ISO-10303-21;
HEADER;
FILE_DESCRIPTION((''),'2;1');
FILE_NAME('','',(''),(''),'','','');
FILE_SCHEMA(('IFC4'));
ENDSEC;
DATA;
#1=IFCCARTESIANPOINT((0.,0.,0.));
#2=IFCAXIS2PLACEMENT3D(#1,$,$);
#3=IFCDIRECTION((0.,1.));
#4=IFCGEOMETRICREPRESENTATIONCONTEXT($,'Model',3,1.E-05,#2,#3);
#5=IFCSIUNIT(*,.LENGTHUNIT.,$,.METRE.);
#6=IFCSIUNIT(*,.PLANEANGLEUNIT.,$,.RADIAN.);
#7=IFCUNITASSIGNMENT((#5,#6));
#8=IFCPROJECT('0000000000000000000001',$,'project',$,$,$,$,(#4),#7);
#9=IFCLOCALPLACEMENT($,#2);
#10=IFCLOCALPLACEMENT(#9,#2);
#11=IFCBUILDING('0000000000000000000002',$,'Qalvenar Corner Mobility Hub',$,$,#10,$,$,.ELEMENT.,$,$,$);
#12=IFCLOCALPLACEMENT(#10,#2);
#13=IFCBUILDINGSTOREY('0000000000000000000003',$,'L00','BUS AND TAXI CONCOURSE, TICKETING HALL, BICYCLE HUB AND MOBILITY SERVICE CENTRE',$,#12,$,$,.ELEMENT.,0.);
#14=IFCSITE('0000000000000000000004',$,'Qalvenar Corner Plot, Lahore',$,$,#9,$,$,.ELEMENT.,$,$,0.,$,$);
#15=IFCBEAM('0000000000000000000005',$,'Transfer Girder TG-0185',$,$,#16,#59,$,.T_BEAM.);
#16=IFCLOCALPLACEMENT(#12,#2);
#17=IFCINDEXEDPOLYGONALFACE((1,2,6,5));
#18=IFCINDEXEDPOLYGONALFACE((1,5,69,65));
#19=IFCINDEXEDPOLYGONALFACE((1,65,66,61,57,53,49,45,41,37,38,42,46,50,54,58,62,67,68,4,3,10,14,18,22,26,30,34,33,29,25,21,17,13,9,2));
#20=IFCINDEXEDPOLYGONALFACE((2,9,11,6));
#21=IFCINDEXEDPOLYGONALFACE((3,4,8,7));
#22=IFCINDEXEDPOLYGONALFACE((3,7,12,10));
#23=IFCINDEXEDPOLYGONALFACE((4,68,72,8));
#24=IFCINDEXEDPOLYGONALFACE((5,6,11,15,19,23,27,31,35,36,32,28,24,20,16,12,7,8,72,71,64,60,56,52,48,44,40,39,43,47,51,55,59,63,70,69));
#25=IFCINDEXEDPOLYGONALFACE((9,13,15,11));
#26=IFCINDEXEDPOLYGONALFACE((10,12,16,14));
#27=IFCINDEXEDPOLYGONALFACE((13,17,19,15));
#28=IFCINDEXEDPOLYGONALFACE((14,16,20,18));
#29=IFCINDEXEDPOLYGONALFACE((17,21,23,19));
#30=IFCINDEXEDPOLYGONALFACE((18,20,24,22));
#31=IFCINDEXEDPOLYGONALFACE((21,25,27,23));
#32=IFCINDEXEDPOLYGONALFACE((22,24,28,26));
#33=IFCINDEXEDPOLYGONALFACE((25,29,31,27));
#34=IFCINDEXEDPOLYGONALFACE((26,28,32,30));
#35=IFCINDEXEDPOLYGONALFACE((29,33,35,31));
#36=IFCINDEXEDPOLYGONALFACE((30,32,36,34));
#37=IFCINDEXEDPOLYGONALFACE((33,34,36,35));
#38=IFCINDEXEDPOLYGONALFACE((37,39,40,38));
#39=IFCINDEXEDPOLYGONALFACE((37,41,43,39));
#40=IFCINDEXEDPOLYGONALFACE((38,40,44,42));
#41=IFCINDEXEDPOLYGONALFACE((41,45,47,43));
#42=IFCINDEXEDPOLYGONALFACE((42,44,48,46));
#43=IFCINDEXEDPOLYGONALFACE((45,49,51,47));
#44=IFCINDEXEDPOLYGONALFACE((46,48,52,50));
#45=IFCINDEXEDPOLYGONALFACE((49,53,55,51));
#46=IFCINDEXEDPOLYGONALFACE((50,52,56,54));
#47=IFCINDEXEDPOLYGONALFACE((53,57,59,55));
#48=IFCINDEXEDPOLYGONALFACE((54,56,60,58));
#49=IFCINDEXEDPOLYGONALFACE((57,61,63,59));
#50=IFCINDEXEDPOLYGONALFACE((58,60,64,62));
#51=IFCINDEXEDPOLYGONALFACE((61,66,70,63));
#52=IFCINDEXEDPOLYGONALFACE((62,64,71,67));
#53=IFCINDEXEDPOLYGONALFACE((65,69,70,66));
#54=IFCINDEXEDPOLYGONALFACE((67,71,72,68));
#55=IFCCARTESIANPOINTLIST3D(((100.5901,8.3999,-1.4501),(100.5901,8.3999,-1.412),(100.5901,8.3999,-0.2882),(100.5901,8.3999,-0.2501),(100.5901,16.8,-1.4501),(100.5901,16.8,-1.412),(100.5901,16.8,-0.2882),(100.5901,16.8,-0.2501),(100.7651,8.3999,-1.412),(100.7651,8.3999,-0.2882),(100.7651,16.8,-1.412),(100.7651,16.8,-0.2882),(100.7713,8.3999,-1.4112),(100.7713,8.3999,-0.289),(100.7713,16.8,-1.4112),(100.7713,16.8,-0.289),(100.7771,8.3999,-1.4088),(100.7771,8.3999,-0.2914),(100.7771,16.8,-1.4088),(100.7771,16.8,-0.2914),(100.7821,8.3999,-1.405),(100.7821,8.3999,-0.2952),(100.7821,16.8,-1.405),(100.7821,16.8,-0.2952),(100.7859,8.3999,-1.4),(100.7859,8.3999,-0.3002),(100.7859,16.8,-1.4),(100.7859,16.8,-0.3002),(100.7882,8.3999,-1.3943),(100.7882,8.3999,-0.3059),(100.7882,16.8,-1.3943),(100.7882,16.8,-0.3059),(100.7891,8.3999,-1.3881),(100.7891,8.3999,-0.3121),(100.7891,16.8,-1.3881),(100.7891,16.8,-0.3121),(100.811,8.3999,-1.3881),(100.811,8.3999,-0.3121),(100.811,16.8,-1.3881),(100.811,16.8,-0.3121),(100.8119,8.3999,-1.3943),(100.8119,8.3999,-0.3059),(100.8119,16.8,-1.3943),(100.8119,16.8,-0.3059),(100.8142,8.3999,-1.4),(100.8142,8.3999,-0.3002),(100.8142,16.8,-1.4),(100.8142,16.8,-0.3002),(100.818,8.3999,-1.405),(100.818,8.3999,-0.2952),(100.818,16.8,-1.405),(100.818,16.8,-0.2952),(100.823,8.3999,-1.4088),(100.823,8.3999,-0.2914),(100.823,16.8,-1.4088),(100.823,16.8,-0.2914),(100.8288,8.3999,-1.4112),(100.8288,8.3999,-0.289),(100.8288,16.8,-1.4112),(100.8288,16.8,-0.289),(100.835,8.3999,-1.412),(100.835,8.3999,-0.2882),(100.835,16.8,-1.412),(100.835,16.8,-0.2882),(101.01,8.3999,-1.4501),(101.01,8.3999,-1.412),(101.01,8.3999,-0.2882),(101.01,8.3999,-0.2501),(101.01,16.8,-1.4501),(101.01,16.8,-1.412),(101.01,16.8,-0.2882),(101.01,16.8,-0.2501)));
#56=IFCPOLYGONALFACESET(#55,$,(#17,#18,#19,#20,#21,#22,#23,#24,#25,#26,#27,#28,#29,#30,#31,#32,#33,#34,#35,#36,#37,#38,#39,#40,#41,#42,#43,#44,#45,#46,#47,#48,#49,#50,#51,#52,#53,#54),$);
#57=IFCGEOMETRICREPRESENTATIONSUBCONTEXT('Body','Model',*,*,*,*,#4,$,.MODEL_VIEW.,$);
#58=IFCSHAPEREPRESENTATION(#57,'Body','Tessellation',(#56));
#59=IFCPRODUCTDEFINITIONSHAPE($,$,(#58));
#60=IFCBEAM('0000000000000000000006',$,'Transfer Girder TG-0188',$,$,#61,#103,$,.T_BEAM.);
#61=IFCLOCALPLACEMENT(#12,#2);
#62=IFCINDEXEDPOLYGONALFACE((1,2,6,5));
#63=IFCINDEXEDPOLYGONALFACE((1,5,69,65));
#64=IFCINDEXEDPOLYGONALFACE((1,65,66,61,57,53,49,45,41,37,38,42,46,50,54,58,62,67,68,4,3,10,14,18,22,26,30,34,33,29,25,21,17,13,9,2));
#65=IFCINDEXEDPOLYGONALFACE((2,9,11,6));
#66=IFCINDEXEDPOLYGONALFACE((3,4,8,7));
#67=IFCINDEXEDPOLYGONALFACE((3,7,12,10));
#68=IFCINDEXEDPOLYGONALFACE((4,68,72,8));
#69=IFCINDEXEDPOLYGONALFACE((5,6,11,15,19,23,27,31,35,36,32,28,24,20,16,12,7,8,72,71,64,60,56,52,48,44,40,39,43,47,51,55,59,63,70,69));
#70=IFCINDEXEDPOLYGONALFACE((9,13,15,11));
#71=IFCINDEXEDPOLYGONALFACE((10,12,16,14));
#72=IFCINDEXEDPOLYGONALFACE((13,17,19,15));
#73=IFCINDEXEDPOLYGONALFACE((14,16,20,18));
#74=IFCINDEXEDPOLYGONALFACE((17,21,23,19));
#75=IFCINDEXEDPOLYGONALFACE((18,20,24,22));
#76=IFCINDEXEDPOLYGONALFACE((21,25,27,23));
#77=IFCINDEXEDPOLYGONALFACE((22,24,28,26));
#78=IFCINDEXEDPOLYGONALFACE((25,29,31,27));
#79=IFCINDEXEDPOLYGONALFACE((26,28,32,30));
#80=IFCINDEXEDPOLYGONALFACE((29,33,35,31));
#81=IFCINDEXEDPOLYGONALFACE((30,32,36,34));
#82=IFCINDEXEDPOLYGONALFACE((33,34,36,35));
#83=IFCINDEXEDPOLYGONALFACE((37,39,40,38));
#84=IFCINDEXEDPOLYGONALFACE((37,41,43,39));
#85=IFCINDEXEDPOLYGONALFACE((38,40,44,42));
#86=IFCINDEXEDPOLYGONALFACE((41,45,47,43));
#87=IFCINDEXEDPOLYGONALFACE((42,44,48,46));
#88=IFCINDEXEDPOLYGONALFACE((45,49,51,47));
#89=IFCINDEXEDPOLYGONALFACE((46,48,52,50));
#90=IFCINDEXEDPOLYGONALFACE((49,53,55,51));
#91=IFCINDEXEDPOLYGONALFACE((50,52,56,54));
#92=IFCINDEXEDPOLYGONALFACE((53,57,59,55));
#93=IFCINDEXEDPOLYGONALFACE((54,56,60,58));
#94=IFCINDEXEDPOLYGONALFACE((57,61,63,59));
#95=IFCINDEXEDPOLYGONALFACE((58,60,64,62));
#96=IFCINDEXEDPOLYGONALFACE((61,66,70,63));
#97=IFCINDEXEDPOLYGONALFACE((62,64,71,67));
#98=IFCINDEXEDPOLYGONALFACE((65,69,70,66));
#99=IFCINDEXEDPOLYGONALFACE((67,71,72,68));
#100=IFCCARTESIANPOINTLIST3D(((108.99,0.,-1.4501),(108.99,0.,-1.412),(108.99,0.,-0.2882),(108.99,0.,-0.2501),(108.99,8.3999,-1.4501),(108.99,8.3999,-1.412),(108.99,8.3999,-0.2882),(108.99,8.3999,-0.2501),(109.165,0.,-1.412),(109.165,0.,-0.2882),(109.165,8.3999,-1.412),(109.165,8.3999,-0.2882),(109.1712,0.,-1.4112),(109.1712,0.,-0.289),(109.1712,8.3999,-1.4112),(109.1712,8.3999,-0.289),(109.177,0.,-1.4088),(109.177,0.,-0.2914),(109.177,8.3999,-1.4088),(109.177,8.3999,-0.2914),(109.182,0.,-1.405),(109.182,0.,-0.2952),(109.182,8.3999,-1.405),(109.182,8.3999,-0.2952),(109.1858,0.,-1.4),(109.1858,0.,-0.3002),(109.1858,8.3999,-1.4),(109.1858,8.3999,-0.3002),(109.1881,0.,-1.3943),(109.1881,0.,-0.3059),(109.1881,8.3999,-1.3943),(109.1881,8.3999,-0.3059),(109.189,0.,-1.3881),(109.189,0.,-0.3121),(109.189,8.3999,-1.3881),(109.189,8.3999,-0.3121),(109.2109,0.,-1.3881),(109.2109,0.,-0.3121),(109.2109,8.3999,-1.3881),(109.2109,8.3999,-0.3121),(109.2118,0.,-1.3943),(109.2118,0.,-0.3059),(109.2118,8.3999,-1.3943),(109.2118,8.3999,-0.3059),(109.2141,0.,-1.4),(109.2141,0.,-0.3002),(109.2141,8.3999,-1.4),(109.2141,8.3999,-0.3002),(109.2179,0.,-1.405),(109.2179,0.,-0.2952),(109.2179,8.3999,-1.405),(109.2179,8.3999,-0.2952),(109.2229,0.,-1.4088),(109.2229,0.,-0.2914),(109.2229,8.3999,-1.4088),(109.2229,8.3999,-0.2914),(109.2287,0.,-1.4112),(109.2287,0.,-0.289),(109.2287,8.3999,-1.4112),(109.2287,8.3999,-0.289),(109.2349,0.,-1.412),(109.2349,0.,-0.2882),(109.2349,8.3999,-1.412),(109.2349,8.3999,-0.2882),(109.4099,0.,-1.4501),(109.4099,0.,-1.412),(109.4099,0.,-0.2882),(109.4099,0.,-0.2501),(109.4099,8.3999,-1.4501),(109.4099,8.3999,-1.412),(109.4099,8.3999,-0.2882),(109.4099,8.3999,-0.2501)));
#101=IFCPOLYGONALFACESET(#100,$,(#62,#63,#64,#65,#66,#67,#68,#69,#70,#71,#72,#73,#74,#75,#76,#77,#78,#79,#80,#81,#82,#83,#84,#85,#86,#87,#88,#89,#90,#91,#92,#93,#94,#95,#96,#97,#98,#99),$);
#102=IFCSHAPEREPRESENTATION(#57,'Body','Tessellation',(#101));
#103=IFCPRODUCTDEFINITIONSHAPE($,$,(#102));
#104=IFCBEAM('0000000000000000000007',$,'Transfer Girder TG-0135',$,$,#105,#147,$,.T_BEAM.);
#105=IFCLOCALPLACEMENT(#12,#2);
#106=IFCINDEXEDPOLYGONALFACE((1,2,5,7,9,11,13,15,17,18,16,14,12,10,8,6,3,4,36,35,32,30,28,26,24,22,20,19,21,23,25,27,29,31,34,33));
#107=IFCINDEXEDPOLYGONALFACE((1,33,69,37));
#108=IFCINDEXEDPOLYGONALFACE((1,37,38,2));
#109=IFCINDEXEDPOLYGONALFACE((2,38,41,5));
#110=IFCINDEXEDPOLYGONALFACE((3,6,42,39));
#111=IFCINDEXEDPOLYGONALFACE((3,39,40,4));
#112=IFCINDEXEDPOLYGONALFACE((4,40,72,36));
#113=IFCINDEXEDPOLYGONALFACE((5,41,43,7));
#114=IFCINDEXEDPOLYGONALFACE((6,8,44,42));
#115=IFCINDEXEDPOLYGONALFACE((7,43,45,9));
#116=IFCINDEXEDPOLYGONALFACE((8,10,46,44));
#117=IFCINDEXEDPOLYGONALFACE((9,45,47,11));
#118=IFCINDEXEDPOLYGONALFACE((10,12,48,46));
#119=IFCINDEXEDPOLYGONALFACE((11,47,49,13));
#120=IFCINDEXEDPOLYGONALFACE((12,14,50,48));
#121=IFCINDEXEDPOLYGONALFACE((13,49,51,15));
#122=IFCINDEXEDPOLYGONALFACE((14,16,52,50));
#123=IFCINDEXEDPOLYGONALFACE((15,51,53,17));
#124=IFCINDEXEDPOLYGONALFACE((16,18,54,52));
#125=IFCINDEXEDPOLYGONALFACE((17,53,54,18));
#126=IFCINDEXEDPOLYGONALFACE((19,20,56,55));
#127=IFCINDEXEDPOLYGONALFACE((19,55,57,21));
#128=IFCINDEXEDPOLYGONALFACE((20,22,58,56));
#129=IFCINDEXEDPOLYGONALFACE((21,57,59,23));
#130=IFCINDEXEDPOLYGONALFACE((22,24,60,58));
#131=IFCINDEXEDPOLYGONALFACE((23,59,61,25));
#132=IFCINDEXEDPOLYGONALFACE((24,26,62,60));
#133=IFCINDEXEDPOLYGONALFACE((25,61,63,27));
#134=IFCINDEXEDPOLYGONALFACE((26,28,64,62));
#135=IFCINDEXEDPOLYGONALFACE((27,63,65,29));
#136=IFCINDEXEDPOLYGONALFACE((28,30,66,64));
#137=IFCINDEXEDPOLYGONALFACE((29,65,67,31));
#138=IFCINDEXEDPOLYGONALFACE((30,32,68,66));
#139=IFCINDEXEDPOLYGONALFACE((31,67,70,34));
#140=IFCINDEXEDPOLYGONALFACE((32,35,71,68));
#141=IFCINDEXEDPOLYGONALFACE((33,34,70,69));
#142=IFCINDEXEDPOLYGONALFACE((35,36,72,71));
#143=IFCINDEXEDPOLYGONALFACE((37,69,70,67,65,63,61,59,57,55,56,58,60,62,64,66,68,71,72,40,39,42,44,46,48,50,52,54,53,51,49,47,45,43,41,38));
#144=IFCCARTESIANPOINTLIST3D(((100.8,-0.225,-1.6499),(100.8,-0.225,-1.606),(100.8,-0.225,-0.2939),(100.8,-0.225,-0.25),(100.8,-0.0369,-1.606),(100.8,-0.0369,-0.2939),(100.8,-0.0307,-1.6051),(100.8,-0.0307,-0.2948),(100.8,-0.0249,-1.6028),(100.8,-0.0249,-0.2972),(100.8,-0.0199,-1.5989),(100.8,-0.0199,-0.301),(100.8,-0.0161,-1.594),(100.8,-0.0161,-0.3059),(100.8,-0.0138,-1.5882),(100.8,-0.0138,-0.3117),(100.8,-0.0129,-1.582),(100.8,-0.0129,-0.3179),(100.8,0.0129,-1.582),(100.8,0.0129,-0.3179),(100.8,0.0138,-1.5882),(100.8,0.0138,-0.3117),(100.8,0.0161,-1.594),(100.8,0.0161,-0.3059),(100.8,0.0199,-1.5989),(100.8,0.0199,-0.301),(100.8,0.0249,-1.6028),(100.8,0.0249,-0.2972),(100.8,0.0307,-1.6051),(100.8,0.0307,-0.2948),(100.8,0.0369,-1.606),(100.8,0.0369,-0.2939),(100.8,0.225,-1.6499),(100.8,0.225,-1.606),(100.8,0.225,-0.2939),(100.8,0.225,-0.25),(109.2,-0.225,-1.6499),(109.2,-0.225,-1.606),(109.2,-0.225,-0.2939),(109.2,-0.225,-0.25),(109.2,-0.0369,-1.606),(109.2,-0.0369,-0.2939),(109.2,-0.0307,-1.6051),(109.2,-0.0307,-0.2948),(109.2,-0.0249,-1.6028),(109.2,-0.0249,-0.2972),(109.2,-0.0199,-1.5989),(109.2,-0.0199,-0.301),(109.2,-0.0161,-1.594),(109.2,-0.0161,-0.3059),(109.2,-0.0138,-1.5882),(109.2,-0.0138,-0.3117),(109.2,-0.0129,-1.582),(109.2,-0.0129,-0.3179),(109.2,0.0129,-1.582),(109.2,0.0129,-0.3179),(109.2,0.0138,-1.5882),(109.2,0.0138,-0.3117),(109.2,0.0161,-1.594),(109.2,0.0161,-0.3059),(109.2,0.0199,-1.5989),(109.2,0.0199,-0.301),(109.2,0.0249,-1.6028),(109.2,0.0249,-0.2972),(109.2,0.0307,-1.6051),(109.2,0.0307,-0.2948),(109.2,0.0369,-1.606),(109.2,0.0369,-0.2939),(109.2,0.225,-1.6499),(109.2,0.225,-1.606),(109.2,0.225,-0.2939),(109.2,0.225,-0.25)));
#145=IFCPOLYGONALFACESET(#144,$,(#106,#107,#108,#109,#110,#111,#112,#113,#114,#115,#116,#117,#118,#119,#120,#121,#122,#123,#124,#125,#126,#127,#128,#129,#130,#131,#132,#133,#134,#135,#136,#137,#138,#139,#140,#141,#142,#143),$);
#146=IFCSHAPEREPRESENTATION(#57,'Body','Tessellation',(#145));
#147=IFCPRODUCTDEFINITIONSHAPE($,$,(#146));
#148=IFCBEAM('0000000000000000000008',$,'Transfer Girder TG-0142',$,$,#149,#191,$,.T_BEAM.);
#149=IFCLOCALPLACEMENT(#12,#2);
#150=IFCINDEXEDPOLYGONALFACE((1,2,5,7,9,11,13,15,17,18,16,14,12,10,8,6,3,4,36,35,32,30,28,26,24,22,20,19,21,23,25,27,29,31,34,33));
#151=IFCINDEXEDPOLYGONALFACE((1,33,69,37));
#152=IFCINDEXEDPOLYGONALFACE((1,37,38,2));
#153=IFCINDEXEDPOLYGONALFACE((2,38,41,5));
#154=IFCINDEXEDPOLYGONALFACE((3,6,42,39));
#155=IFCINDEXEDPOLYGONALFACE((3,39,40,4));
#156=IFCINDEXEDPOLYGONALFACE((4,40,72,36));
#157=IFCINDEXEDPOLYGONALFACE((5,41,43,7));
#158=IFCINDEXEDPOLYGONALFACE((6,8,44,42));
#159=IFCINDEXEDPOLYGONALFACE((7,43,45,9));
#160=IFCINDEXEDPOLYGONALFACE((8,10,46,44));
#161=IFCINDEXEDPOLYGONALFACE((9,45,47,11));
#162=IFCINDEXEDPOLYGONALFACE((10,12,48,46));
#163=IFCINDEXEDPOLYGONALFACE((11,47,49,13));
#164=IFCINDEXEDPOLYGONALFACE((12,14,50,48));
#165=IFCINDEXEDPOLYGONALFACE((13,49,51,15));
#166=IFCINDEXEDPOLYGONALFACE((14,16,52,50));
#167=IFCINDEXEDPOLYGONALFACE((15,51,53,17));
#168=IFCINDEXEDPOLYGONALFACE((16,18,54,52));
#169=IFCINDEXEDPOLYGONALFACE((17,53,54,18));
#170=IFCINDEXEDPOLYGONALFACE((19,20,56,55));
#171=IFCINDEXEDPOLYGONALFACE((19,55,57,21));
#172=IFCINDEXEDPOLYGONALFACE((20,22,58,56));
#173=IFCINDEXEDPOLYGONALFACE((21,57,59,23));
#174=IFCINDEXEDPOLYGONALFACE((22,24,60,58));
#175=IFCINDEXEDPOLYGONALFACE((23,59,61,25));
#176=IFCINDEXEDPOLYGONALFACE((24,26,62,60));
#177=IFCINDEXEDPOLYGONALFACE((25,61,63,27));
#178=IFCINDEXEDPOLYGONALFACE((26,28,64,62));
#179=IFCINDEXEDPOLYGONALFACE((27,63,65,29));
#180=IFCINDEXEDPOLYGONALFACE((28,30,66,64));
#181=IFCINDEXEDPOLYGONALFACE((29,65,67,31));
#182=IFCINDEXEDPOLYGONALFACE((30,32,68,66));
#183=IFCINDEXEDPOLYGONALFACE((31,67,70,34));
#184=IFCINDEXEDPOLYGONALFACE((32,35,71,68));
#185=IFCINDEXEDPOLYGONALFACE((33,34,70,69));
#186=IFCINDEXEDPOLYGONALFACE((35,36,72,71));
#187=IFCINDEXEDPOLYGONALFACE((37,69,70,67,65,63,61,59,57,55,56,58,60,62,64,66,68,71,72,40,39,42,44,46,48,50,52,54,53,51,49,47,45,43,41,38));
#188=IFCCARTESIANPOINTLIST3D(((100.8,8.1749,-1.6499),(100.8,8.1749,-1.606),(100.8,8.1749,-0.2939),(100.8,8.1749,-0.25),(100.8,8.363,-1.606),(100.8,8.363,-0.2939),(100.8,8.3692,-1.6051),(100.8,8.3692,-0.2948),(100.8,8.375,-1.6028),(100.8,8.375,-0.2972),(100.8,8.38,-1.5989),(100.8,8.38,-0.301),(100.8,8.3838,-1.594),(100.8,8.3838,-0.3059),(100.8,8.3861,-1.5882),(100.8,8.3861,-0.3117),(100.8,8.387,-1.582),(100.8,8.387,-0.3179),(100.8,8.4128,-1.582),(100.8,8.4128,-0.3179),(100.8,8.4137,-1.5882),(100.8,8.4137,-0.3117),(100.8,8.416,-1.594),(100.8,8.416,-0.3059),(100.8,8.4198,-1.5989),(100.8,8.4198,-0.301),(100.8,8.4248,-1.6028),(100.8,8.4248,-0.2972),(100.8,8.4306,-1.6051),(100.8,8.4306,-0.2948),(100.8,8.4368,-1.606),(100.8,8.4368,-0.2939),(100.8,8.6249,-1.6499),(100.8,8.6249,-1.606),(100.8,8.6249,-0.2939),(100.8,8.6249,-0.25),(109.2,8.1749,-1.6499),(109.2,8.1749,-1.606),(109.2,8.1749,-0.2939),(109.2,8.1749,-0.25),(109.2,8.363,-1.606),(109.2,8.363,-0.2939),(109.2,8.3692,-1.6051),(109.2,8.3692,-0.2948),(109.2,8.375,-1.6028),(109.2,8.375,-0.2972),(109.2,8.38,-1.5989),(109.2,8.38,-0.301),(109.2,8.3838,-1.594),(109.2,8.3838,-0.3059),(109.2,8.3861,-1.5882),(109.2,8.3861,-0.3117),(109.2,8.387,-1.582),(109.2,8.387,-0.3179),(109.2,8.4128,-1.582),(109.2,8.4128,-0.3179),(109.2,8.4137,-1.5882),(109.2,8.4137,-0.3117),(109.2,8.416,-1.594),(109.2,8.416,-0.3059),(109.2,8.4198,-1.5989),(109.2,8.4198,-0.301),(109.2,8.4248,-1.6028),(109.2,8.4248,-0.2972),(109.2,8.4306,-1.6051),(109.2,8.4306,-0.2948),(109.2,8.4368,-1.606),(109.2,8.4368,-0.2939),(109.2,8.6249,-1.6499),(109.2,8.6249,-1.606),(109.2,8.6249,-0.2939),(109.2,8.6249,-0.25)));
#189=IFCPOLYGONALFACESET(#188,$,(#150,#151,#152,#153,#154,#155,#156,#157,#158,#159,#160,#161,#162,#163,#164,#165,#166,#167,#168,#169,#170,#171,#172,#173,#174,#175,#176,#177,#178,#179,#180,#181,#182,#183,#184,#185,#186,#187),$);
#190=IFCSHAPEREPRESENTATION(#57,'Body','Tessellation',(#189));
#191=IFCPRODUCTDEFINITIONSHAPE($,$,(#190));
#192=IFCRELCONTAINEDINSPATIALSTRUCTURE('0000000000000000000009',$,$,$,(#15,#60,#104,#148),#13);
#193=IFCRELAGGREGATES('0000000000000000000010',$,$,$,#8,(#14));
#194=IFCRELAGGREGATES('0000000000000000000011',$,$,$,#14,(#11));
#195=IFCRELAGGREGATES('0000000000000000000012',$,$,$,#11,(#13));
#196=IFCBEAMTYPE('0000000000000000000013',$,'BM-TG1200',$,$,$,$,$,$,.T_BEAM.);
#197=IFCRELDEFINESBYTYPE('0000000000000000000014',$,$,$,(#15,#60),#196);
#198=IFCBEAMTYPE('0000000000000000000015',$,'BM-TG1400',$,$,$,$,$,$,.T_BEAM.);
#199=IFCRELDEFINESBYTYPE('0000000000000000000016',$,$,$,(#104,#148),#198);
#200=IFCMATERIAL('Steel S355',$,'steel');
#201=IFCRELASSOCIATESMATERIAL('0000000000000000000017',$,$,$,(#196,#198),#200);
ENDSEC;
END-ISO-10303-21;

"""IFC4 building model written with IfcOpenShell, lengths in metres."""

from ifc_helpers import new_model, si_unit, direction, frame, origin, origin_2d, place, context, subcontext, project, spatial, i_section, extrude, material, material_profile, profile_set, type_object, element, save


model = new_model("IFC4")

# Units and contexts
model_context = context("Model", 3, precision=1e-05, world=origin(), true_north=direction((0.0, 1.0)))
body_context = subcontext(model_context, "Body", "Model", "MODEL_VIEW")
ifc_project = project(units=[si_unit("LENGTHUNIT", "METRE"), si_unit("PLANEANGLEUNIT", "RADIAN")], contexts=[model_context])

# Site, building, storey
site_placement = place(None, origin())
site = spatial("IfcSite", under=ifc_project, at=site_placement, Name="Qalvenar Corner Plot, Lahore", CompositionType="ELEMENT", RefElevation=0.0)
building_placement = place(site_placement, origin())
building = spatial("IfcBuilding", under=site, at=building_placement, Name="Qalvenar Corner Mobility Hub", CompositionType="ELEMENT")
storey_placement = place(building_placement, origin())
storey = spatial("IfcBuildingStorey", under=building, at=storey_placement, Name="L00", Description="BUS AND TAXI CONCOURSE, TICKETING HALL, BICYCLE HUB AND MOBILITY SERVICE CENTRE", CompositionType="ELEMENT", Elevation=0.0)

# Shared definitions
ifc_material_1 = material(Name="Steel S355", Category="steel")

# Beams
ifc_material_profile_1 = material_profile(ifc_material_1, i_section(OverallWidth=0.4199, OverallDepth=1.2, WebThickness=0.022, FlangeThickness=0.0381, FilletRadius=0.0239, at=origin_2d()), Name="W1100x390-TG1200")
ifc_profile_set_1 = profile_set([ifc_material_profile_1], Name="Steel S355")
beam_type_1 = type_object("IfcBeamType", Name="BM-TG1200", PredefinedType="T_BEAM", material=ifc_profile_set_1)
beam_1_placement = place(storey_placement, frame((100.8, 8.3999, -0.8501), z_axis=(0.0, 1.0, 0.0), x_axis=(-1.0, 0.0, 0.0)))
element("IfcBeam", 1, at=beam_1_placement, inside=storey, type_object=beam_type_1, Name="Transfer Girder TG-0185", PredefinedType="T_BEAM", context=body_context, shape_type="SweptSolid", body=[
    extrude(i_section(OverallWidth=0.4199, OverallDepth=1.2, WebThickness=0.022, FlangeThickness=0.0381, FilletRadius=0.0239, at=origin_2d()), origin(), (0.0, 0.0, 1.0), 8.4001),
])
beam_2_placement = place(storey_placement, frame((109.2, 0.0, -0.8501), z_axis=(0.0, 1.0, 0.0), x_axis=(-1.0, 0.0, 0.0)))
element("IfcBeam", 2, at=beam_2_placement, inside=storey, type_object=beam_type_1, Name="Transfer Girder TG-0188", PredefinedType="T_BEAM", context=body_context, shape_type="SweptSolid", body=[
    extrude(i_section(OverallWidth=0.4199, OverallDepth=1.2, WebThickness=0.022, FlangeThickness=0.0381, FilletRadius=0.0239, at=origin_2d()), origin(), (0.0, 0.0, 1.0), 8.3999),
])
ifc_material_profile_2 = material_profile(ifc_material_1, i_section(OverallWidth=0.45, OverallDepth=1.3999, WebThickness=0.0259, FlangeThickness=0.0439, FilletRadius=0.0239, at=origin_2d()), Name="W1100x499-TG1400")
ifc_profile_set_2 = profile_set([ifc_material_profile_2], Name="Steel S355")
beam_type_2 = type_object("IfcBeamType", Name="BM-TG1400", PredefinedType="T_BEAM", material=ifc_profile_set_2)
for number, where, z_axis, x_axis, name in (
    (3, (100.8, 0.0, -0.95), (1.0, 0.0, 0.0), (0.0, 1.0, 0.0), "Transfer Girder TG-0135"),
    (4, (100.8, 8.3999, -0.95), (1.0, 0.0, 0.0), (0.0, 1.0, 0.0), "Transfer Girder TG-0142"),
):
    element("IfcBeam", number, at=place(storey_placement, frame(where, z_axis=z_axis, x_axis=x_axis)), inside=storey, type_object=beam_type_2, Name=name, PredefinedType="T_BEAM", context=body_context, shape_type="SweptSolid", body=[
        extrude(i_section(OverallWidth=0.45, OverallDepth=1.3999, WebThickness=0.0259, FlangeThickness=0.0439, FilletRadius=0.0239, at=origin_2d()), origin(), (0.0, 0.0, 1.0), 8.3999),
    ])

save(model, "model.ifc")
